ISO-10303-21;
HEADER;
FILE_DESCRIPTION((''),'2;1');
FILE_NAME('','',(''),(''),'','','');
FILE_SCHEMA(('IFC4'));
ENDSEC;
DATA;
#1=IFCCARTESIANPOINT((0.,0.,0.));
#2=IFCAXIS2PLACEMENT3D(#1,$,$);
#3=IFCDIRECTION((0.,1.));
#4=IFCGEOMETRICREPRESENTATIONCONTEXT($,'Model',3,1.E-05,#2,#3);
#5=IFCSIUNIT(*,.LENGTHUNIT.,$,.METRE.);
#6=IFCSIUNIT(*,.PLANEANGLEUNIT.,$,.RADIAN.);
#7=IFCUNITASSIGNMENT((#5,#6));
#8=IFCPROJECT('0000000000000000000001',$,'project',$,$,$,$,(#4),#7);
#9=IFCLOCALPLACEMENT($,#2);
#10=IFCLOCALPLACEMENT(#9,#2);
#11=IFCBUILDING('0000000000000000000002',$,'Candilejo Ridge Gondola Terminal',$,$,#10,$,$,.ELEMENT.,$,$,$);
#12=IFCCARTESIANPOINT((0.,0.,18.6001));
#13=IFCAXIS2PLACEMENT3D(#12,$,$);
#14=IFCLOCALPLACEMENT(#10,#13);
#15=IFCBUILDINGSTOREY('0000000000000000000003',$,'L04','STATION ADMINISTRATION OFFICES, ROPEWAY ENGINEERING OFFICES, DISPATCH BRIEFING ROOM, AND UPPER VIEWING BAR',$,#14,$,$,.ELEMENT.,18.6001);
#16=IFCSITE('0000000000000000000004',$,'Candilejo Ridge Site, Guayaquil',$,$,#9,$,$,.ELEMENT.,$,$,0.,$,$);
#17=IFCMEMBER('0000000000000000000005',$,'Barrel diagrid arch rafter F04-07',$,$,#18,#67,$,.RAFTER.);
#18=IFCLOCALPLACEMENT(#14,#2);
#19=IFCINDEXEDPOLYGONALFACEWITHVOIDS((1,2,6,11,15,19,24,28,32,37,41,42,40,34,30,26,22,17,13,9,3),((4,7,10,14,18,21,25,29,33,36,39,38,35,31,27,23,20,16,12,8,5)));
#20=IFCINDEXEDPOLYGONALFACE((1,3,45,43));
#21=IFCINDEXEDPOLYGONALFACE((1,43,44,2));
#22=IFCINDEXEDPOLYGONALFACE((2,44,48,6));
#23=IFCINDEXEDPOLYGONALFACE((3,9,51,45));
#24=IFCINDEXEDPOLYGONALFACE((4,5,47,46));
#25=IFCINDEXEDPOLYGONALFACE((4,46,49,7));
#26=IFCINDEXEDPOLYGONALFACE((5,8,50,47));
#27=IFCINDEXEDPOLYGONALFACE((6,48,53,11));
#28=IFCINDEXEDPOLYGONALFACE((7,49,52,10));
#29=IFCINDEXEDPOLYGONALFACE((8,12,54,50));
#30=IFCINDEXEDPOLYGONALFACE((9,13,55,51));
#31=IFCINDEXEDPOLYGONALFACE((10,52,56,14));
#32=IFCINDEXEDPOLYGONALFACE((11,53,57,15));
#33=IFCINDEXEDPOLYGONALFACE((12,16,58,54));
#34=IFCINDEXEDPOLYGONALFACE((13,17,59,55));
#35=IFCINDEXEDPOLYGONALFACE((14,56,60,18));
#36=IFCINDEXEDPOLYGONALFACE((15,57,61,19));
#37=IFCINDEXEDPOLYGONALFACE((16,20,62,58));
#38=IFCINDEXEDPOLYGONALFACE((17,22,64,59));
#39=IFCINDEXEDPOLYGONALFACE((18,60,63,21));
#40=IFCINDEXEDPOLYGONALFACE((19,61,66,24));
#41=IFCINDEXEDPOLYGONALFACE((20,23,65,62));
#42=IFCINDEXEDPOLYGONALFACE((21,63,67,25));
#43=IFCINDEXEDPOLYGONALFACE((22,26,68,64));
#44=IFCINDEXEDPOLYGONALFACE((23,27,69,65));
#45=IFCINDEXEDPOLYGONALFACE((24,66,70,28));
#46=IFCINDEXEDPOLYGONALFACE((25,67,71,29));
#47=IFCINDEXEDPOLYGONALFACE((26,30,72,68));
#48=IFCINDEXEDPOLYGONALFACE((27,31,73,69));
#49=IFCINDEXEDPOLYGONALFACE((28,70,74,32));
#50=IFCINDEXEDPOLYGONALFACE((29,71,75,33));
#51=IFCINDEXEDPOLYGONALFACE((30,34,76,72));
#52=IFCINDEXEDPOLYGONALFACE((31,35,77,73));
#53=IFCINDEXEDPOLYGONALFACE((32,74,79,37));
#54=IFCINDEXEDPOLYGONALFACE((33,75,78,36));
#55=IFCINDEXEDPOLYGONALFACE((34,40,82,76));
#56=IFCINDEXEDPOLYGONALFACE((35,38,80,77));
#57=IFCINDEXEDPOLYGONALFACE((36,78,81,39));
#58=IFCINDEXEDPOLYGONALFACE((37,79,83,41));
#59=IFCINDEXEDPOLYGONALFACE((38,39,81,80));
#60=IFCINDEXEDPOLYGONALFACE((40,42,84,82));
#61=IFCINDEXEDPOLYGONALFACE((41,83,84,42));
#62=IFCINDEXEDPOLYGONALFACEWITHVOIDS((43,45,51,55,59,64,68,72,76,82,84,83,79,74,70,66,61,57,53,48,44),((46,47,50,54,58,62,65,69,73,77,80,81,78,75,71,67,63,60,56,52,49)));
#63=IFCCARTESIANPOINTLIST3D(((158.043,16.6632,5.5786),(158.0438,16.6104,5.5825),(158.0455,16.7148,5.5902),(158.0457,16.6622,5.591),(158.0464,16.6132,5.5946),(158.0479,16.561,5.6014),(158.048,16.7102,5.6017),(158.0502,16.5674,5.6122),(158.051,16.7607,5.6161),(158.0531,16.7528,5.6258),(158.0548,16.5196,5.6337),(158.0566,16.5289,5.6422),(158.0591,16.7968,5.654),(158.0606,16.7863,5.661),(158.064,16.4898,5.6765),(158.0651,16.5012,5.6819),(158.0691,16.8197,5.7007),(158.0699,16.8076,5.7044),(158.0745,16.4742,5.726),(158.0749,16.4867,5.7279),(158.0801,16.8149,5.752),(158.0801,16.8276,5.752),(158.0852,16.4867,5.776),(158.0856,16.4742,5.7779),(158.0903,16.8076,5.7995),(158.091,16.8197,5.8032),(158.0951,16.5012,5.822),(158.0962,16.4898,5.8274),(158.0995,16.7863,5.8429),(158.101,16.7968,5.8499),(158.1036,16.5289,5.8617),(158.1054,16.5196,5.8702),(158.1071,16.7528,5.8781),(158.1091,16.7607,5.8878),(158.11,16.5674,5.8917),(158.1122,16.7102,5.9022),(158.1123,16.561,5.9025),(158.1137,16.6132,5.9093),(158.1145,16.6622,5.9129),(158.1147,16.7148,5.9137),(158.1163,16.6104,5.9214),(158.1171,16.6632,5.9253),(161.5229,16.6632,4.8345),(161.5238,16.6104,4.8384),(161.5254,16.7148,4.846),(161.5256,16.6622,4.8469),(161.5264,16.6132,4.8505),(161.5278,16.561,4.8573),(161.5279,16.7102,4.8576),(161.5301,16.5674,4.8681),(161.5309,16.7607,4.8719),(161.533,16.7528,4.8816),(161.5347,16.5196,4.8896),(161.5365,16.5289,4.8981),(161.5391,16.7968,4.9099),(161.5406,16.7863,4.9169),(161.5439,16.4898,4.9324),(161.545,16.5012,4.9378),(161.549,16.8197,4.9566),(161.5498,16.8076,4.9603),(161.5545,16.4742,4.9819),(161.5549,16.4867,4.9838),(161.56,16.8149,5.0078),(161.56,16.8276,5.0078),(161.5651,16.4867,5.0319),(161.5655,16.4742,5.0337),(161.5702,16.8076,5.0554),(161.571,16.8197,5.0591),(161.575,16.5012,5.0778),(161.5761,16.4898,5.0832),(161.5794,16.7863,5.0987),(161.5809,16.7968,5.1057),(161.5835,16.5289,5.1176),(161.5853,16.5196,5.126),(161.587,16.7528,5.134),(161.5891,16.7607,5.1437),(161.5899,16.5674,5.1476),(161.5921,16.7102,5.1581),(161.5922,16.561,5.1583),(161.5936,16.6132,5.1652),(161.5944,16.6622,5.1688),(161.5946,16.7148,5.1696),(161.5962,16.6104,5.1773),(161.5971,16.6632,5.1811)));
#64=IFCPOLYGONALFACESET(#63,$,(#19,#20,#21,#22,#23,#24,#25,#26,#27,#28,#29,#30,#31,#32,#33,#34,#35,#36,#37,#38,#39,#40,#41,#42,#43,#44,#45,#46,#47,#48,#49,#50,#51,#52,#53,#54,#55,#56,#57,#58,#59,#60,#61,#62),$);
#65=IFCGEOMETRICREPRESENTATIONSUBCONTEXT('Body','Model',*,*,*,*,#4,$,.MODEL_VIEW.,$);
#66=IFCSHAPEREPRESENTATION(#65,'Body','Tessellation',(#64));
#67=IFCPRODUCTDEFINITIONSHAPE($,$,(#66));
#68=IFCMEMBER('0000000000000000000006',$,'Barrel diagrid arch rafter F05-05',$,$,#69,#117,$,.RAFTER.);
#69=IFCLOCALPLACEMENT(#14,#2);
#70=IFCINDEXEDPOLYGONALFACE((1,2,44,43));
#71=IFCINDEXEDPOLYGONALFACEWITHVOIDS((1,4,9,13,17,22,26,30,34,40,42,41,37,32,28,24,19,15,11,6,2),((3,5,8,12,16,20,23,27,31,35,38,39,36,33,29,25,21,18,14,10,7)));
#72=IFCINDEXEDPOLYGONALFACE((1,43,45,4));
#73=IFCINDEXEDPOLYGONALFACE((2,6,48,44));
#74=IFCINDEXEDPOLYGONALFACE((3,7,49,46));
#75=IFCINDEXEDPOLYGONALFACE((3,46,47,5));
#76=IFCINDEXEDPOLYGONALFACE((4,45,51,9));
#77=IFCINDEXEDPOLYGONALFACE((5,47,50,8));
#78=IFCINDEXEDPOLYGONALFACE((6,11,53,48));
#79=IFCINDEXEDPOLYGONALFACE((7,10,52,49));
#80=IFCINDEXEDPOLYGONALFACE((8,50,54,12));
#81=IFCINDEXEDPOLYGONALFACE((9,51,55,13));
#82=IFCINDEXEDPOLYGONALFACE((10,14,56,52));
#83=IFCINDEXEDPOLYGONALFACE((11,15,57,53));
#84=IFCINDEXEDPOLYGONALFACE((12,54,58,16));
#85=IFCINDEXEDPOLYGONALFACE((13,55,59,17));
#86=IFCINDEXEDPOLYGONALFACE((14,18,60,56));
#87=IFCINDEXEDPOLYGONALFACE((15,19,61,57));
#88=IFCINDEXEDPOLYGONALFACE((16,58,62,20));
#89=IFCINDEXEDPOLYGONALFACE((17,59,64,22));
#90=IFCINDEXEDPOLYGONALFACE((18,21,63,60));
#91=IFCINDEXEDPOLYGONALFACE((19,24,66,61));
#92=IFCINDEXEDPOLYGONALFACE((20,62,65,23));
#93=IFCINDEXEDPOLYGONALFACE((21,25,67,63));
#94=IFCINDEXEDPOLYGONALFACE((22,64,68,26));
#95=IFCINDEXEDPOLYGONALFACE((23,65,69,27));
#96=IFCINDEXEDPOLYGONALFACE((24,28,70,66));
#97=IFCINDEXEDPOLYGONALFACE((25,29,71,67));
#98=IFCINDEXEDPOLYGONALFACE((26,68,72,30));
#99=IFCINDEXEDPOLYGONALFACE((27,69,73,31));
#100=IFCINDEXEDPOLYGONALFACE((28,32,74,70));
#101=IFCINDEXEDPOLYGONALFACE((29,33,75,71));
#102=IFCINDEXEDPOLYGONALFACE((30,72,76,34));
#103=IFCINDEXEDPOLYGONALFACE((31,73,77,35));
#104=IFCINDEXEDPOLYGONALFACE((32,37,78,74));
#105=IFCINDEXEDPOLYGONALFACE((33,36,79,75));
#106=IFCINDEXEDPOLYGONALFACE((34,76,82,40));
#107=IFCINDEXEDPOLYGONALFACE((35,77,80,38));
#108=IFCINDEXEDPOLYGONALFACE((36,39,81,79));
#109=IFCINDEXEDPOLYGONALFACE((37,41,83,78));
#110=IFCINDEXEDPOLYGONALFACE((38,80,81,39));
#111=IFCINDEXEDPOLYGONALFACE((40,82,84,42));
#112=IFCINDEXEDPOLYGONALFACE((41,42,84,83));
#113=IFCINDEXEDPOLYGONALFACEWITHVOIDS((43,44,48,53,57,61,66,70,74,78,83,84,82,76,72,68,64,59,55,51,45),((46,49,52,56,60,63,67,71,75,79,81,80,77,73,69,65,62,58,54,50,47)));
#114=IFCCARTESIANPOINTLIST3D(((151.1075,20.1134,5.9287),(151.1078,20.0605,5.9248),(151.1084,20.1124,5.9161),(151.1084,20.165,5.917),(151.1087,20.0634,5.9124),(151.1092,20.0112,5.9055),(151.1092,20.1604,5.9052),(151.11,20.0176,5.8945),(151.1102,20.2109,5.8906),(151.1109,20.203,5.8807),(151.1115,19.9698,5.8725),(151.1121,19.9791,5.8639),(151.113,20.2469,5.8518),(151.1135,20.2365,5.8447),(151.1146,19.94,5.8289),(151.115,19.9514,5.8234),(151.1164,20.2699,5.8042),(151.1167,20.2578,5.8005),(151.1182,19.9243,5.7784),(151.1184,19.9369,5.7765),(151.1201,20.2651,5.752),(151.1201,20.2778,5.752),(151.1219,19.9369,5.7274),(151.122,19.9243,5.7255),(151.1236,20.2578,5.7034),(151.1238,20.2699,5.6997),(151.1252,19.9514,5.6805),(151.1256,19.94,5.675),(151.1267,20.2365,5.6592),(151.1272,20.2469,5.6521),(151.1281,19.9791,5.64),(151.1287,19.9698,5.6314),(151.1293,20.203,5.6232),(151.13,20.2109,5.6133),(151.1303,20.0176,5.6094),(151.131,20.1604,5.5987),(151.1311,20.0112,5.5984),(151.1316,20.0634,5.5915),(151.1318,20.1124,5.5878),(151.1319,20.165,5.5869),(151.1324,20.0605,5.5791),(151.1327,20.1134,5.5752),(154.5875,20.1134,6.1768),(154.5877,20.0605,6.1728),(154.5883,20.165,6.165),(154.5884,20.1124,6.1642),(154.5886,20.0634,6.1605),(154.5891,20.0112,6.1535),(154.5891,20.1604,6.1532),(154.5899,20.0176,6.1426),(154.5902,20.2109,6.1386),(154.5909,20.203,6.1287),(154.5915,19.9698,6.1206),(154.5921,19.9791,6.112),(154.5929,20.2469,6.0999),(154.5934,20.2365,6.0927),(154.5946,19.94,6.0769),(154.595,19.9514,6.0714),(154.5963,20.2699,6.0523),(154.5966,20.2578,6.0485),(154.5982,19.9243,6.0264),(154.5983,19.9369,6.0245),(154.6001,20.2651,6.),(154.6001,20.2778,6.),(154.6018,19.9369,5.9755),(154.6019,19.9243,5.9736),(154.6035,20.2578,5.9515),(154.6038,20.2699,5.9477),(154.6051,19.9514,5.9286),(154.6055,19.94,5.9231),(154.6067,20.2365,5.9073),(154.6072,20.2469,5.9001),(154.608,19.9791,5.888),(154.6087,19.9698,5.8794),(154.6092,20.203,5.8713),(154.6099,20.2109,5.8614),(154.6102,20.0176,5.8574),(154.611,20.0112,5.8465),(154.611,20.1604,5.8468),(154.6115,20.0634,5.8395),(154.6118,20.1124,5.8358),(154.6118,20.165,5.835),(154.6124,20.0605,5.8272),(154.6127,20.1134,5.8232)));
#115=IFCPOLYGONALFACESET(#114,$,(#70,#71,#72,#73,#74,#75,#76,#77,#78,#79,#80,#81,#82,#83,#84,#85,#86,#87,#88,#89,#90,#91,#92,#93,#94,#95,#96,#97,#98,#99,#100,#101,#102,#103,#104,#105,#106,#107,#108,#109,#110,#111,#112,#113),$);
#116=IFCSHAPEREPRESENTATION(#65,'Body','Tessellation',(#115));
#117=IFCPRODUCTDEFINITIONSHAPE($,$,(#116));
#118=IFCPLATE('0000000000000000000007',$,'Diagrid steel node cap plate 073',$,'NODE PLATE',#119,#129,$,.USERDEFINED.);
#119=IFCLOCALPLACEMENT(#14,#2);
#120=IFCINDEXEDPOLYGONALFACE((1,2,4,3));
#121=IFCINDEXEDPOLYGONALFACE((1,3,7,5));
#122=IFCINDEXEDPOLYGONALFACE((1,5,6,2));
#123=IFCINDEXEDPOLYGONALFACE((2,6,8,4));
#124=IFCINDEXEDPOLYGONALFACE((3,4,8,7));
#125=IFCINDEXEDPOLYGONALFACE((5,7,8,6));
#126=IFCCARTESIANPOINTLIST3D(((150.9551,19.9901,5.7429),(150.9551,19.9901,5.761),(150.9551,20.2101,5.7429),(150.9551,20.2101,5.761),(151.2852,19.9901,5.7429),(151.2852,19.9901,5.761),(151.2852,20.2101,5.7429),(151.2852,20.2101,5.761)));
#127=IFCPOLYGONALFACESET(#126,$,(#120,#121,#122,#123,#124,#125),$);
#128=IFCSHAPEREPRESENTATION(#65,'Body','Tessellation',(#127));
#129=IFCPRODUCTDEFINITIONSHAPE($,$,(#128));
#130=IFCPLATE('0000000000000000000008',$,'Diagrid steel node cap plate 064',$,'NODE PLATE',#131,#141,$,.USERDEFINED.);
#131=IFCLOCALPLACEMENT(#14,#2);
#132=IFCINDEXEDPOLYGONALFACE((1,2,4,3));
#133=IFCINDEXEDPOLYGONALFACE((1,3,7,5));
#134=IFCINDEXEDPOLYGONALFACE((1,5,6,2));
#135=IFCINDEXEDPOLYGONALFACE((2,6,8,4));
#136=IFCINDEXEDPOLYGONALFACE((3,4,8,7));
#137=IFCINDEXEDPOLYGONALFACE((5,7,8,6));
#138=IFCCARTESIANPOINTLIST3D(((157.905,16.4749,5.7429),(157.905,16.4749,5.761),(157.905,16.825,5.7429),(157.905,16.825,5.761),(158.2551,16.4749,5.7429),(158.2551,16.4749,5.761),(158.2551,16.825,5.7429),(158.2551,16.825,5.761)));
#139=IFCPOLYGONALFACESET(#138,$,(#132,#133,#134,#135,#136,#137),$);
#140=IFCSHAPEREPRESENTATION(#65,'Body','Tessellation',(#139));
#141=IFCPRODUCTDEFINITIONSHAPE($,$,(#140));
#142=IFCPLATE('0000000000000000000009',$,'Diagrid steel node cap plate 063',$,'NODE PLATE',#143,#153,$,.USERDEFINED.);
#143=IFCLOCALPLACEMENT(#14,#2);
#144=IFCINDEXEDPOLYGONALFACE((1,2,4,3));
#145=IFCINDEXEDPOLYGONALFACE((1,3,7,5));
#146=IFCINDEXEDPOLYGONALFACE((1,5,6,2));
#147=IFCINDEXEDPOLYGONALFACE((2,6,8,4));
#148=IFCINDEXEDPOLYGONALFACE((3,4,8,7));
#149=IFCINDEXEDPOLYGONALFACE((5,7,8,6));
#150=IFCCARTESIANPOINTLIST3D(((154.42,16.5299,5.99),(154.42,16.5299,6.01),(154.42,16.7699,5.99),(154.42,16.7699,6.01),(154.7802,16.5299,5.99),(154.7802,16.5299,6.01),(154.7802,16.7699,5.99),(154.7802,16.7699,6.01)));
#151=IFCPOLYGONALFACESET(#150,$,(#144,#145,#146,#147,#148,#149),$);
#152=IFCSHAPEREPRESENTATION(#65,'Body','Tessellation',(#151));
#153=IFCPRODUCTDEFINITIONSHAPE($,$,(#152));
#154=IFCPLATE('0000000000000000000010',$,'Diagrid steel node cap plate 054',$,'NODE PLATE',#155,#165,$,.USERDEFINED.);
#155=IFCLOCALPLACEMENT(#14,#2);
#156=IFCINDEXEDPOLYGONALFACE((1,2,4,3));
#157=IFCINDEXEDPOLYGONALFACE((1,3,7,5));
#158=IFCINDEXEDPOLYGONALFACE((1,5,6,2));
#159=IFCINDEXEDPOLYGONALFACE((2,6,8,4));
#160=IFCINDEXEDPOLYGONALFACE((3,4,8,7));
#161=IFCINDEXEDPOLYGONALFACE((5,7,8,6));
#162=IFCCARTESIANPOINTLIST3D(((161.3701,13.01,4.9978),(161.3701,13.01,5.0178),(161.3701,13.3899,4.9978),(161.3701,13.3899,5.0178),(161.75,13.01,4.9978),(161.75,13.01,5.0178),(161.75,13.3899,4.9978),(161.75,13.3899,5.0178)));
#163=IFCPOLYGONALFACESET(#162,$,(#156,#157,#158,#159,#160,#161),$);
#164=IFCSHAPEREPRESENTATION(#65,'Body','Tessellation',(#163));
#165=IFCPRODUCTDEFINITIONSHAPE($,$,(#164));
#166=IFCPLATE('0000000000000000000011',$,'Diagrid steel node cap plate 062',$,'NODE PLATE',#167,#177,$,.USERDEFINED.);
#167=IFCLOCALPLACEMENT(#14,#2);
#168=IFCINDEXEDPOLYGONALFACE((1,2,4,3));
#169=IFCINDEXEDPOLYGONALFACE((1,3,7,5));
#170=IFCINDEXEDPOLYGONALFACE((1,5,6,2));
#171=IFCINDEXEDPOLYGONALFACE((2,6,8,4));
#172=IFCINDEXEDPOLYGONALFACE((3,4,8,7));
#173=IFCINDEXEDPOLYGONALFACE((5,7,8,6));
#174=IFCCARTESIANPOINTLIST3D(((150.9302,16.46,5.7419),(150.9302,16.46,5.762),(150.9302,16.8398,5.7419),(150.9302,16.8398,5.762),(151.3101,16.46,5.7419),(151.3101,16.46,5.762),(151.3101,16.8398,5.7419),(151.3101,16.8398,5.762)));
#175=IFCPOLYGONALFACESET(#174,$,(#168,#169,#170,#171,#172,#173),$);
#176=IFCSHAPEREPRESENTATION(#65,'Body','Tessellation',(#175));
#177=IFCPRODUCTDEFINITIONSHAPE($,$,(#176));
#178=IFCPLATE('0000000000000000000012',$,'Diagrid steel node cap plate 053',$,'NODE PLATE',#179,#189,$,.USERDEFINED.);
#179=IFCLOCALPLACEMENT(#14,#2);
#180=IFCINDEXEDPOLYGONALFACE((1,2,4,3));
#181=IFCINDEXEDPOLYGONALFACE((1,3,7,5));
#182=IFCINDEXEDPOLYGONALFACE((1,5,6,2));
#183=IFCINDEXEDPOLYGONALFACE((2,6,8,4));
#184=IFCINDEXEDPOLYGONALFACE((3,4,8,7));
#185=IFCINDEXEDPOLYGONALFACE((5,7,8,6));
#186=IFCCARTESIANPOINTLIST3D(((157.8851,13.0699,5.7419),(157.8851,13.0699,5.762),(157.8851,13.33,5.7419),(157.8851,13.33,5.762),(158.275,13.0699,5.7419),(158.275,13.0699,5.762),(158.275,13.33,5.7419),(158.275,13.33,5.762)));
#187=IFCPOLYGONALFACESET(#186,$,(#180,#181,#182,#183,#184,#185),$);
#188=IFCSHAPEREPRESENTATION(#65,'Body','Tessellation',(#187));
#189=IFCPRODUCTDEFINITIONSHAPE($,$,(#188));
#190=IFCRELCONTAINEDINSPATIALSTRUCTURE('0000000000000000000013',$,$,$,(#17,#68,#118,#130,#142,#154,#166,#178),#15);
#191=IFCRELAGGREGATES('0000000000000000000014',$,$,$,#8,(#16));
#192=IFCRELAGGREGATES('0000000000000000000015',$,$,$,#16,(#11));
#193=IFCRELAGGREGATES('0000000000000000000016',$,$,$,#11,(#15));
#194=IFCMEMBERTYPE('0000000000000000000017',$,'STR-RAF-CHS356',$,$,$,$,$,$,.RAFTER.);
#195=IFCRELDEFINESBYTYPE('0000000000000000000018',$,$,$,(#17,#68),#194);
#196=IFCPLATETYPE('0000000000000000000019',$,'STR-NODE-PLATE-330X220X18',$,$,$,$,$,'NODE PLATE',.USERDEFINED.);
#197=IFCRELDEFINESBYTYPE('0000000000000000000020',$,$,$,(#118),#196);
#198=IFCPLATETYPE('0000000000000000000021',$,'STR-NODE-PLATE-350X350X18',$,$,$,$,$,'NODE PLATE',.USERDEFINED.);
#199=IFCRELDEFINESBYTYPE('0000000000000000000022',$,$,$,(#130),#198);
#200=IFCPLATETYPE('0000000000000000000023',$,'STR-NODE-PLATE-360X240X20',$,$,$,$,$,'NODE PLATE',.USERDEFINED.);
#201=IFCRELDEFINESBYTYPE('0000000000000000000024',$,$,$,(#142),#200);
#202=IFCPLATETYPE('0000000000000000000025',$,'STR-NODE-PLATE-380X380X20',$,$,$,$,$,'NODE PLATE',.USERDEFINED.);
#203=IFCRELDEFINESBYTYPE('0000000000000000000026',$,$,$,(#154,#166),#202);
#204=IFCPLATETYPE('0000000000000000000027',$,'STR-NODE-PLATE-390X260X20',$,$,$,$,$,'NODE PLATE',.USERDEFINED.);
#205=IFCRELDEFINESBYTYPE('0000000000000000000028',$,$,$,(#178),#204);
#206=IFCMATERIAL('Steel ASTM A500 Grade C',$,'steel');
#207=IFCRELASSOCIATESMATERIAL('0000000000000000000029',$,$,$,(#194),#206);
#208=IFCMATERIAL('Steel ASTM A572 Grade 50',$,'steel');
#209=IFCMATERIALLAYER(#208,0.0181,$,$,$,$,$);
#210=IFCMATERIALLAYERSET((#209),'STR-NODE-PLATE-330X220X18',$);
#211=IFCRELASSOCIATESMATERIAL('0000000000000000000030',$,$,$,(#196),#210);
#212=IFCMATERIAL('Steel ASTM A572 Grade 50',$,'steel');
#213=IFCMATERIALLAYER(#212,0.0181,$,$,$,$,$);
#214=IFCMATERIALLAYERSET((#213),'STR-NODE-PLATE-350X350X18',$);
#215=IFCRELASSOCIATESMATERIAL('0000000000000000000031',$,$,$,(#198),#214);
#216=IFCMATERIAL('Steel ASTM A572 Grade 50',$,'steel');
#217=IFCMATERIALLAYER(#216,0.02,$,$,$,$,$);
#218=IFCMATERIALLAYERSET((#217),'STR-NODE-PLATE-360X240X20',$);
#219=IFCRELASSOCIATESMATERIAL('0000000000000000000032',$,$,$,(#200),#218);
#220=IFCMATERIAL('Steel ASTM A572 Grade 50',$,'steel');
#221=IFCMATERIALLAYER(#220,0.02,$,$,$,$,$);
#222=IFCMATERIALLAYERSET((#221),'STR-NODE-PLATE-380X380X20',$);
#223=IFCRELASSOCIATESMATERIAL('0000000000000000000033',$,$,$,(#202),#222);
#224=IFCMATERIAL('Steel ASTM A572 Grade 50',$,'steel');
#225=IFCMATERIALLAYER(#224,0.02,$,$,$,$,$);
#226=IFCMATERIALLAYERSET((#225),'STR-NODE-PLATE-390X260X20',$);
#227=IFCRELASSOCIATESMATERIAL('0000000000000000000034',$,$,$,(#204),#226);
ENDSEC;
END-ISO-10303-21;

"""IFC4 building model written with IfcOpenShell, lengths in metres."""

from ifc_helpers import new_model, si_unit, direction, frame, origin, origin_2d, place, context, subcontext, project, spatial, rectangle, hollow_circle, extrude, material, layer, layer_set, material_profile, profile_set, type_object, element, save


model = new_model("IFC4")

# Units and contexts
model_context = context("Model", 3, precision=1e-05, world=origin(), true_north=direction((0.0, 1.0)))
body_context = subcontext(model_context, "Body", "Model", "MODEL_VIEW")
ifc_project = project(units=[si_unit("LENGTHUNIT", "METRE"), si_unit("PLANEANGLEUNIT", "RADIAN")], contexts=[model_context])

# Site, building, storey
site_placement = place(None, origin())
site = spatial("IfcSite", under=ifc_project, at=site_placement, Name="Candilejo Ridge Site, Guayaquil", CompositionType="ELEMENT", RefElevation=0.0)
building_placement = place(site_placement, origin())
building = spatial("IfcBuilding", under=site, at=building_placement, Name="Candilejo Ridge Gondola Terminal", CompositionType="ELEMENT")
storey_placement = place(building_placement, frame((0.0, 0.0, 18.6001)))
storey = spatial("IfcBuildingStorey", under=building, at=storey_placement, Name="L04", Description="STATION ADMINISTRATION OFFICES, ROPEWAY ENGINEERING OFFICES, DISPATCH BRIEFING ROOM, AND UPPER VIEWING BAR", CompositionType="ELEMENT", Elevation=18.6001)

# Members
ifc_material_1 = material(Name="Steel ASTM A500 Grade C", Category="steel")
ifc_material_profile_1 = material_profile(ifc_material_1, hollow_circle(Radius=0.1777, WallThickness=0.0127, at=origin_2d()))
ifc_profile_set_1 = profile_set([ifc_material_profile_1], Name="Steel ASTM A500 Grade C")
member_type_1 = type_object("IfcMemberType", Name="STR-RAF-CHS356", PredefinedType="RAFTER", material=ifc_profile_set_1)
member_1_placement = place(storey_placement, frame((158.0801, 16.6499, 5.752), z_axis=(0.977893, 0.0, -0.209107), x_axis=(0.0, 1.0, 0.0)))
element("IfcMember", 1, at=member_1_placement, inside=storey, type_object=member_type_1, Name="Barrel diagrid arch rafter F04-07", PredefinedType="RAFTER", context=body_context, shape_type="SweptSolid", body=[
    extrude(hollow_circle(Radius=0.1777, WallThickness=0.0127, at=origin_2d()), origin(), (0.0, 0.0, 1.0), 3.5586),
])
member_2_placement = place(storey_placement, frame((151.1201, 20.1001, 5.752), z_axis=(0.997469, 0.0, 0.071098), x_axis=(0.0, 1.0, 0.0)))
element("IfcMember", 2, at=member_2_placement, inside=storey, type_object=member_type_1, Name="Barrel diagrid arch rafter F05-05", PredefinedType="RAFTER", context=body_context, shape_type="SweptSolid", body=[
    extrude(hollow_circle(Radius=0.1777, WallThickness=0.0127, at=origin_2d()), origin(), (0.0, 0.0, 1.0), 3.4888),
])

# Plates
ifc_material_2 = material(Name="Steel ASTM A572 Grade 50", Category="steel")
ifc_layer_1 = layer(ifc_material_2, 0.0181)
ifc_layer_set_1 = layer_set([ifc_layer_1], Name="STR-NODE-PLATE-330X220X18")
plate_type_1 = type_object("IfcPlateType", Name="STR-NODE-PLATE-330X220X18", ElementType="NODE PLATE", PredefinedType="USERDEFINED", material=ifc_layer_set_1)
plate_1_placement = place(storey_placement, frame((151.1201, 20.1001, 5.7429), z_axis=(0.0, 0.0, 1.0), x_axis=(1.0, 0.0, 0.0)))
element("IfcPlate", 3, at=plate_1_placement, inside=storey, type_object=plate_type_1, Name="Diagrid steel node cap plate 073", ObjectType="NODE PLATE", PredefinedType="USERDEFINED", context=body_context, shape_type="SweptSolid", body=[
    extrude(rectangle(XDim=0.3301, YDim=0.22, at=origin_2d()), origin(), (0.0, 0.0, 1.0), 0.0181),
])
ifc_material_3 = material(Name="Steel ASTM A572 Grade 50", Category="steel")
ifc_layer_2 = layer(ifc_material_3, 0.0181)
ifc_layer_set_2 = layer_set([ifc_layer_2], Name="STR-NODE-PLATE-350X350X18")
plate_type_2 = type_object("IfcPlateType", Name="STR-NODE-PLATE-350X350X18", ElementType="NODE PLATE", PredefinedType="USERDEFINED", material=ifc_layer_set_2)
plate_2_placement = place(storey_placement, frame((158.0801, 16.6499, 5.7429), z_axis=(0.0, 0.0, 1.0), x_axis=(1.0, 0.0, 0.0)))
element("IfcPlate", 4, at=plate_2_placement, inside=storey, type_object=plate_type_2, Name="Diagrid steel node cap plate 064", ObjectType="NODE PLATE", PredefinedType="USERDEFINED", context=body_context, shape_type="SweptSolid", body=[
    extrude(rectangle(XDim=0.3501, YDim=0.3501, at=origin_2d()), origin(), (0.0, 0.0, 1.0), 0.0181),
])
ifc_material_4 = material(Name="Steel ASTM A572 Grade 50", Category="steel")
ifc_layer_3 = layer(ifc_material_4, 0.02)
ifc_layer_set_3 = layer_set([ifc_layer_3], Name="STR-NODE-PLATE-360X240X20")
plate_type_3 = type_object("IfcPlateType", Name="STR-NODE-PLATE-360X240X20", ElementType="NODE PLATE", PredefinedType="USERDEFINED", material=ifc_layer_set_3)
plate_3_placement = place(storey_placement, frame((154.6001, 16.6499, 5.99), z_axis=(0.0, 0.0, 1.0), x_axis=(1.0, 0.0, 0.0)))
element("IfcPlate", 5, at=plate_3_placement, inside=storey, type_object=plate_type_3, Name="Diagrid steel node cap plate 063", ObjectType="NODE PLATE", PredefinedType="USERDEFINED", context=body_context, shape_type="SweptSolid", body=[
    extrude(rectangle(XDim=0.3601, YDim=0.24, at=origin_2d()), origin(), (0.0, 0.0, 1.0), 0.02),
])
ifc_material_5 = material(Name="Steel ASTM A572 Grade 50", Category="steel")
ifc_layer_4 = layer(ifc_material_5, 0.02)
ifc_layer_set_4 = layer_set([ifc_layer_4], Name="STR-NODE-PLATE-380X380X20")
plate_type_4 = type_object("IfcPlateType", Name="STR-NODE-PLATE-380X380X20", ElementType="NODE PLATE", PredefinedType="USERDEFINED", material=ifc_layer_set_4)
for number, where, z_axis, x_axis, name in (
    (6, (161.5601, 13.2, 4.9978), (0.0, 0.0, 1.0), (1.0, 0.0, 0.0), "Diagrid steel node cap plate 054"),
    (7, (151.1201, 16.6499, 5.7419), (0.0, 0.0, 1.0), (1.0, 0.0, 0.0), "Diagrid steel node cap plate 062"),
):
    element("IfcPlate", number, at=place(storey_placement, frame(where, z_axis=z_axis, x_axis=x_axis)), inside=storey, type_object=plate_type_4, Name=name, ObjectType="NODE PLATE", PredefinedType="USERDEFINED", context=body_context, shape_type="SweptSolid", body=[
        extrude(rectangle(XDim=0.3799, YDim=0.3799, at=origin_2d()), origin(), (0.0, 0.0, 1.0), 0.02),
    ])
ifc_material_6 = material(Name="Steel ASTM A572 Grade 50", Category="steel")
ifc_layer_5 = layer(ifc_material_6, 0.02)
ifc_layer_set_5 = layer_set([ifc_layer_5], Name="STR-NODE-PLATE-390X260X20")
plate_type_5 = type_object("IfcPlateType", Name="STR-NODE-PLATE-390X260X20", ElementType="NODE PLATE", PredefinedType="USERDEFINED", material=ifc_layer_set_5)
plate_4_placement = place(storey_placement, frame((158.0801, 13.2, 5.7419), z_axis=(0.0, 0.0, 1.0), x_axis=(1.0, 0.0, 0.0)))
element("IfcPlate", 8, at=plate_4_placement, inside=storey, type_object=plate_type_5, Name="Diagrid steel node cap plate 053", ObjectType="NODE PLATE", PredefinedType="USERDEFINED", context=body_context, shape_type="SweptSolid", body=[
    extrude(rectangle(XDim=0.3899, YDim=0.26, at=origin_2d()), origin(), (0.0, 0.0, 1.0), 0.02),
])

save(model, "model.ifc")
